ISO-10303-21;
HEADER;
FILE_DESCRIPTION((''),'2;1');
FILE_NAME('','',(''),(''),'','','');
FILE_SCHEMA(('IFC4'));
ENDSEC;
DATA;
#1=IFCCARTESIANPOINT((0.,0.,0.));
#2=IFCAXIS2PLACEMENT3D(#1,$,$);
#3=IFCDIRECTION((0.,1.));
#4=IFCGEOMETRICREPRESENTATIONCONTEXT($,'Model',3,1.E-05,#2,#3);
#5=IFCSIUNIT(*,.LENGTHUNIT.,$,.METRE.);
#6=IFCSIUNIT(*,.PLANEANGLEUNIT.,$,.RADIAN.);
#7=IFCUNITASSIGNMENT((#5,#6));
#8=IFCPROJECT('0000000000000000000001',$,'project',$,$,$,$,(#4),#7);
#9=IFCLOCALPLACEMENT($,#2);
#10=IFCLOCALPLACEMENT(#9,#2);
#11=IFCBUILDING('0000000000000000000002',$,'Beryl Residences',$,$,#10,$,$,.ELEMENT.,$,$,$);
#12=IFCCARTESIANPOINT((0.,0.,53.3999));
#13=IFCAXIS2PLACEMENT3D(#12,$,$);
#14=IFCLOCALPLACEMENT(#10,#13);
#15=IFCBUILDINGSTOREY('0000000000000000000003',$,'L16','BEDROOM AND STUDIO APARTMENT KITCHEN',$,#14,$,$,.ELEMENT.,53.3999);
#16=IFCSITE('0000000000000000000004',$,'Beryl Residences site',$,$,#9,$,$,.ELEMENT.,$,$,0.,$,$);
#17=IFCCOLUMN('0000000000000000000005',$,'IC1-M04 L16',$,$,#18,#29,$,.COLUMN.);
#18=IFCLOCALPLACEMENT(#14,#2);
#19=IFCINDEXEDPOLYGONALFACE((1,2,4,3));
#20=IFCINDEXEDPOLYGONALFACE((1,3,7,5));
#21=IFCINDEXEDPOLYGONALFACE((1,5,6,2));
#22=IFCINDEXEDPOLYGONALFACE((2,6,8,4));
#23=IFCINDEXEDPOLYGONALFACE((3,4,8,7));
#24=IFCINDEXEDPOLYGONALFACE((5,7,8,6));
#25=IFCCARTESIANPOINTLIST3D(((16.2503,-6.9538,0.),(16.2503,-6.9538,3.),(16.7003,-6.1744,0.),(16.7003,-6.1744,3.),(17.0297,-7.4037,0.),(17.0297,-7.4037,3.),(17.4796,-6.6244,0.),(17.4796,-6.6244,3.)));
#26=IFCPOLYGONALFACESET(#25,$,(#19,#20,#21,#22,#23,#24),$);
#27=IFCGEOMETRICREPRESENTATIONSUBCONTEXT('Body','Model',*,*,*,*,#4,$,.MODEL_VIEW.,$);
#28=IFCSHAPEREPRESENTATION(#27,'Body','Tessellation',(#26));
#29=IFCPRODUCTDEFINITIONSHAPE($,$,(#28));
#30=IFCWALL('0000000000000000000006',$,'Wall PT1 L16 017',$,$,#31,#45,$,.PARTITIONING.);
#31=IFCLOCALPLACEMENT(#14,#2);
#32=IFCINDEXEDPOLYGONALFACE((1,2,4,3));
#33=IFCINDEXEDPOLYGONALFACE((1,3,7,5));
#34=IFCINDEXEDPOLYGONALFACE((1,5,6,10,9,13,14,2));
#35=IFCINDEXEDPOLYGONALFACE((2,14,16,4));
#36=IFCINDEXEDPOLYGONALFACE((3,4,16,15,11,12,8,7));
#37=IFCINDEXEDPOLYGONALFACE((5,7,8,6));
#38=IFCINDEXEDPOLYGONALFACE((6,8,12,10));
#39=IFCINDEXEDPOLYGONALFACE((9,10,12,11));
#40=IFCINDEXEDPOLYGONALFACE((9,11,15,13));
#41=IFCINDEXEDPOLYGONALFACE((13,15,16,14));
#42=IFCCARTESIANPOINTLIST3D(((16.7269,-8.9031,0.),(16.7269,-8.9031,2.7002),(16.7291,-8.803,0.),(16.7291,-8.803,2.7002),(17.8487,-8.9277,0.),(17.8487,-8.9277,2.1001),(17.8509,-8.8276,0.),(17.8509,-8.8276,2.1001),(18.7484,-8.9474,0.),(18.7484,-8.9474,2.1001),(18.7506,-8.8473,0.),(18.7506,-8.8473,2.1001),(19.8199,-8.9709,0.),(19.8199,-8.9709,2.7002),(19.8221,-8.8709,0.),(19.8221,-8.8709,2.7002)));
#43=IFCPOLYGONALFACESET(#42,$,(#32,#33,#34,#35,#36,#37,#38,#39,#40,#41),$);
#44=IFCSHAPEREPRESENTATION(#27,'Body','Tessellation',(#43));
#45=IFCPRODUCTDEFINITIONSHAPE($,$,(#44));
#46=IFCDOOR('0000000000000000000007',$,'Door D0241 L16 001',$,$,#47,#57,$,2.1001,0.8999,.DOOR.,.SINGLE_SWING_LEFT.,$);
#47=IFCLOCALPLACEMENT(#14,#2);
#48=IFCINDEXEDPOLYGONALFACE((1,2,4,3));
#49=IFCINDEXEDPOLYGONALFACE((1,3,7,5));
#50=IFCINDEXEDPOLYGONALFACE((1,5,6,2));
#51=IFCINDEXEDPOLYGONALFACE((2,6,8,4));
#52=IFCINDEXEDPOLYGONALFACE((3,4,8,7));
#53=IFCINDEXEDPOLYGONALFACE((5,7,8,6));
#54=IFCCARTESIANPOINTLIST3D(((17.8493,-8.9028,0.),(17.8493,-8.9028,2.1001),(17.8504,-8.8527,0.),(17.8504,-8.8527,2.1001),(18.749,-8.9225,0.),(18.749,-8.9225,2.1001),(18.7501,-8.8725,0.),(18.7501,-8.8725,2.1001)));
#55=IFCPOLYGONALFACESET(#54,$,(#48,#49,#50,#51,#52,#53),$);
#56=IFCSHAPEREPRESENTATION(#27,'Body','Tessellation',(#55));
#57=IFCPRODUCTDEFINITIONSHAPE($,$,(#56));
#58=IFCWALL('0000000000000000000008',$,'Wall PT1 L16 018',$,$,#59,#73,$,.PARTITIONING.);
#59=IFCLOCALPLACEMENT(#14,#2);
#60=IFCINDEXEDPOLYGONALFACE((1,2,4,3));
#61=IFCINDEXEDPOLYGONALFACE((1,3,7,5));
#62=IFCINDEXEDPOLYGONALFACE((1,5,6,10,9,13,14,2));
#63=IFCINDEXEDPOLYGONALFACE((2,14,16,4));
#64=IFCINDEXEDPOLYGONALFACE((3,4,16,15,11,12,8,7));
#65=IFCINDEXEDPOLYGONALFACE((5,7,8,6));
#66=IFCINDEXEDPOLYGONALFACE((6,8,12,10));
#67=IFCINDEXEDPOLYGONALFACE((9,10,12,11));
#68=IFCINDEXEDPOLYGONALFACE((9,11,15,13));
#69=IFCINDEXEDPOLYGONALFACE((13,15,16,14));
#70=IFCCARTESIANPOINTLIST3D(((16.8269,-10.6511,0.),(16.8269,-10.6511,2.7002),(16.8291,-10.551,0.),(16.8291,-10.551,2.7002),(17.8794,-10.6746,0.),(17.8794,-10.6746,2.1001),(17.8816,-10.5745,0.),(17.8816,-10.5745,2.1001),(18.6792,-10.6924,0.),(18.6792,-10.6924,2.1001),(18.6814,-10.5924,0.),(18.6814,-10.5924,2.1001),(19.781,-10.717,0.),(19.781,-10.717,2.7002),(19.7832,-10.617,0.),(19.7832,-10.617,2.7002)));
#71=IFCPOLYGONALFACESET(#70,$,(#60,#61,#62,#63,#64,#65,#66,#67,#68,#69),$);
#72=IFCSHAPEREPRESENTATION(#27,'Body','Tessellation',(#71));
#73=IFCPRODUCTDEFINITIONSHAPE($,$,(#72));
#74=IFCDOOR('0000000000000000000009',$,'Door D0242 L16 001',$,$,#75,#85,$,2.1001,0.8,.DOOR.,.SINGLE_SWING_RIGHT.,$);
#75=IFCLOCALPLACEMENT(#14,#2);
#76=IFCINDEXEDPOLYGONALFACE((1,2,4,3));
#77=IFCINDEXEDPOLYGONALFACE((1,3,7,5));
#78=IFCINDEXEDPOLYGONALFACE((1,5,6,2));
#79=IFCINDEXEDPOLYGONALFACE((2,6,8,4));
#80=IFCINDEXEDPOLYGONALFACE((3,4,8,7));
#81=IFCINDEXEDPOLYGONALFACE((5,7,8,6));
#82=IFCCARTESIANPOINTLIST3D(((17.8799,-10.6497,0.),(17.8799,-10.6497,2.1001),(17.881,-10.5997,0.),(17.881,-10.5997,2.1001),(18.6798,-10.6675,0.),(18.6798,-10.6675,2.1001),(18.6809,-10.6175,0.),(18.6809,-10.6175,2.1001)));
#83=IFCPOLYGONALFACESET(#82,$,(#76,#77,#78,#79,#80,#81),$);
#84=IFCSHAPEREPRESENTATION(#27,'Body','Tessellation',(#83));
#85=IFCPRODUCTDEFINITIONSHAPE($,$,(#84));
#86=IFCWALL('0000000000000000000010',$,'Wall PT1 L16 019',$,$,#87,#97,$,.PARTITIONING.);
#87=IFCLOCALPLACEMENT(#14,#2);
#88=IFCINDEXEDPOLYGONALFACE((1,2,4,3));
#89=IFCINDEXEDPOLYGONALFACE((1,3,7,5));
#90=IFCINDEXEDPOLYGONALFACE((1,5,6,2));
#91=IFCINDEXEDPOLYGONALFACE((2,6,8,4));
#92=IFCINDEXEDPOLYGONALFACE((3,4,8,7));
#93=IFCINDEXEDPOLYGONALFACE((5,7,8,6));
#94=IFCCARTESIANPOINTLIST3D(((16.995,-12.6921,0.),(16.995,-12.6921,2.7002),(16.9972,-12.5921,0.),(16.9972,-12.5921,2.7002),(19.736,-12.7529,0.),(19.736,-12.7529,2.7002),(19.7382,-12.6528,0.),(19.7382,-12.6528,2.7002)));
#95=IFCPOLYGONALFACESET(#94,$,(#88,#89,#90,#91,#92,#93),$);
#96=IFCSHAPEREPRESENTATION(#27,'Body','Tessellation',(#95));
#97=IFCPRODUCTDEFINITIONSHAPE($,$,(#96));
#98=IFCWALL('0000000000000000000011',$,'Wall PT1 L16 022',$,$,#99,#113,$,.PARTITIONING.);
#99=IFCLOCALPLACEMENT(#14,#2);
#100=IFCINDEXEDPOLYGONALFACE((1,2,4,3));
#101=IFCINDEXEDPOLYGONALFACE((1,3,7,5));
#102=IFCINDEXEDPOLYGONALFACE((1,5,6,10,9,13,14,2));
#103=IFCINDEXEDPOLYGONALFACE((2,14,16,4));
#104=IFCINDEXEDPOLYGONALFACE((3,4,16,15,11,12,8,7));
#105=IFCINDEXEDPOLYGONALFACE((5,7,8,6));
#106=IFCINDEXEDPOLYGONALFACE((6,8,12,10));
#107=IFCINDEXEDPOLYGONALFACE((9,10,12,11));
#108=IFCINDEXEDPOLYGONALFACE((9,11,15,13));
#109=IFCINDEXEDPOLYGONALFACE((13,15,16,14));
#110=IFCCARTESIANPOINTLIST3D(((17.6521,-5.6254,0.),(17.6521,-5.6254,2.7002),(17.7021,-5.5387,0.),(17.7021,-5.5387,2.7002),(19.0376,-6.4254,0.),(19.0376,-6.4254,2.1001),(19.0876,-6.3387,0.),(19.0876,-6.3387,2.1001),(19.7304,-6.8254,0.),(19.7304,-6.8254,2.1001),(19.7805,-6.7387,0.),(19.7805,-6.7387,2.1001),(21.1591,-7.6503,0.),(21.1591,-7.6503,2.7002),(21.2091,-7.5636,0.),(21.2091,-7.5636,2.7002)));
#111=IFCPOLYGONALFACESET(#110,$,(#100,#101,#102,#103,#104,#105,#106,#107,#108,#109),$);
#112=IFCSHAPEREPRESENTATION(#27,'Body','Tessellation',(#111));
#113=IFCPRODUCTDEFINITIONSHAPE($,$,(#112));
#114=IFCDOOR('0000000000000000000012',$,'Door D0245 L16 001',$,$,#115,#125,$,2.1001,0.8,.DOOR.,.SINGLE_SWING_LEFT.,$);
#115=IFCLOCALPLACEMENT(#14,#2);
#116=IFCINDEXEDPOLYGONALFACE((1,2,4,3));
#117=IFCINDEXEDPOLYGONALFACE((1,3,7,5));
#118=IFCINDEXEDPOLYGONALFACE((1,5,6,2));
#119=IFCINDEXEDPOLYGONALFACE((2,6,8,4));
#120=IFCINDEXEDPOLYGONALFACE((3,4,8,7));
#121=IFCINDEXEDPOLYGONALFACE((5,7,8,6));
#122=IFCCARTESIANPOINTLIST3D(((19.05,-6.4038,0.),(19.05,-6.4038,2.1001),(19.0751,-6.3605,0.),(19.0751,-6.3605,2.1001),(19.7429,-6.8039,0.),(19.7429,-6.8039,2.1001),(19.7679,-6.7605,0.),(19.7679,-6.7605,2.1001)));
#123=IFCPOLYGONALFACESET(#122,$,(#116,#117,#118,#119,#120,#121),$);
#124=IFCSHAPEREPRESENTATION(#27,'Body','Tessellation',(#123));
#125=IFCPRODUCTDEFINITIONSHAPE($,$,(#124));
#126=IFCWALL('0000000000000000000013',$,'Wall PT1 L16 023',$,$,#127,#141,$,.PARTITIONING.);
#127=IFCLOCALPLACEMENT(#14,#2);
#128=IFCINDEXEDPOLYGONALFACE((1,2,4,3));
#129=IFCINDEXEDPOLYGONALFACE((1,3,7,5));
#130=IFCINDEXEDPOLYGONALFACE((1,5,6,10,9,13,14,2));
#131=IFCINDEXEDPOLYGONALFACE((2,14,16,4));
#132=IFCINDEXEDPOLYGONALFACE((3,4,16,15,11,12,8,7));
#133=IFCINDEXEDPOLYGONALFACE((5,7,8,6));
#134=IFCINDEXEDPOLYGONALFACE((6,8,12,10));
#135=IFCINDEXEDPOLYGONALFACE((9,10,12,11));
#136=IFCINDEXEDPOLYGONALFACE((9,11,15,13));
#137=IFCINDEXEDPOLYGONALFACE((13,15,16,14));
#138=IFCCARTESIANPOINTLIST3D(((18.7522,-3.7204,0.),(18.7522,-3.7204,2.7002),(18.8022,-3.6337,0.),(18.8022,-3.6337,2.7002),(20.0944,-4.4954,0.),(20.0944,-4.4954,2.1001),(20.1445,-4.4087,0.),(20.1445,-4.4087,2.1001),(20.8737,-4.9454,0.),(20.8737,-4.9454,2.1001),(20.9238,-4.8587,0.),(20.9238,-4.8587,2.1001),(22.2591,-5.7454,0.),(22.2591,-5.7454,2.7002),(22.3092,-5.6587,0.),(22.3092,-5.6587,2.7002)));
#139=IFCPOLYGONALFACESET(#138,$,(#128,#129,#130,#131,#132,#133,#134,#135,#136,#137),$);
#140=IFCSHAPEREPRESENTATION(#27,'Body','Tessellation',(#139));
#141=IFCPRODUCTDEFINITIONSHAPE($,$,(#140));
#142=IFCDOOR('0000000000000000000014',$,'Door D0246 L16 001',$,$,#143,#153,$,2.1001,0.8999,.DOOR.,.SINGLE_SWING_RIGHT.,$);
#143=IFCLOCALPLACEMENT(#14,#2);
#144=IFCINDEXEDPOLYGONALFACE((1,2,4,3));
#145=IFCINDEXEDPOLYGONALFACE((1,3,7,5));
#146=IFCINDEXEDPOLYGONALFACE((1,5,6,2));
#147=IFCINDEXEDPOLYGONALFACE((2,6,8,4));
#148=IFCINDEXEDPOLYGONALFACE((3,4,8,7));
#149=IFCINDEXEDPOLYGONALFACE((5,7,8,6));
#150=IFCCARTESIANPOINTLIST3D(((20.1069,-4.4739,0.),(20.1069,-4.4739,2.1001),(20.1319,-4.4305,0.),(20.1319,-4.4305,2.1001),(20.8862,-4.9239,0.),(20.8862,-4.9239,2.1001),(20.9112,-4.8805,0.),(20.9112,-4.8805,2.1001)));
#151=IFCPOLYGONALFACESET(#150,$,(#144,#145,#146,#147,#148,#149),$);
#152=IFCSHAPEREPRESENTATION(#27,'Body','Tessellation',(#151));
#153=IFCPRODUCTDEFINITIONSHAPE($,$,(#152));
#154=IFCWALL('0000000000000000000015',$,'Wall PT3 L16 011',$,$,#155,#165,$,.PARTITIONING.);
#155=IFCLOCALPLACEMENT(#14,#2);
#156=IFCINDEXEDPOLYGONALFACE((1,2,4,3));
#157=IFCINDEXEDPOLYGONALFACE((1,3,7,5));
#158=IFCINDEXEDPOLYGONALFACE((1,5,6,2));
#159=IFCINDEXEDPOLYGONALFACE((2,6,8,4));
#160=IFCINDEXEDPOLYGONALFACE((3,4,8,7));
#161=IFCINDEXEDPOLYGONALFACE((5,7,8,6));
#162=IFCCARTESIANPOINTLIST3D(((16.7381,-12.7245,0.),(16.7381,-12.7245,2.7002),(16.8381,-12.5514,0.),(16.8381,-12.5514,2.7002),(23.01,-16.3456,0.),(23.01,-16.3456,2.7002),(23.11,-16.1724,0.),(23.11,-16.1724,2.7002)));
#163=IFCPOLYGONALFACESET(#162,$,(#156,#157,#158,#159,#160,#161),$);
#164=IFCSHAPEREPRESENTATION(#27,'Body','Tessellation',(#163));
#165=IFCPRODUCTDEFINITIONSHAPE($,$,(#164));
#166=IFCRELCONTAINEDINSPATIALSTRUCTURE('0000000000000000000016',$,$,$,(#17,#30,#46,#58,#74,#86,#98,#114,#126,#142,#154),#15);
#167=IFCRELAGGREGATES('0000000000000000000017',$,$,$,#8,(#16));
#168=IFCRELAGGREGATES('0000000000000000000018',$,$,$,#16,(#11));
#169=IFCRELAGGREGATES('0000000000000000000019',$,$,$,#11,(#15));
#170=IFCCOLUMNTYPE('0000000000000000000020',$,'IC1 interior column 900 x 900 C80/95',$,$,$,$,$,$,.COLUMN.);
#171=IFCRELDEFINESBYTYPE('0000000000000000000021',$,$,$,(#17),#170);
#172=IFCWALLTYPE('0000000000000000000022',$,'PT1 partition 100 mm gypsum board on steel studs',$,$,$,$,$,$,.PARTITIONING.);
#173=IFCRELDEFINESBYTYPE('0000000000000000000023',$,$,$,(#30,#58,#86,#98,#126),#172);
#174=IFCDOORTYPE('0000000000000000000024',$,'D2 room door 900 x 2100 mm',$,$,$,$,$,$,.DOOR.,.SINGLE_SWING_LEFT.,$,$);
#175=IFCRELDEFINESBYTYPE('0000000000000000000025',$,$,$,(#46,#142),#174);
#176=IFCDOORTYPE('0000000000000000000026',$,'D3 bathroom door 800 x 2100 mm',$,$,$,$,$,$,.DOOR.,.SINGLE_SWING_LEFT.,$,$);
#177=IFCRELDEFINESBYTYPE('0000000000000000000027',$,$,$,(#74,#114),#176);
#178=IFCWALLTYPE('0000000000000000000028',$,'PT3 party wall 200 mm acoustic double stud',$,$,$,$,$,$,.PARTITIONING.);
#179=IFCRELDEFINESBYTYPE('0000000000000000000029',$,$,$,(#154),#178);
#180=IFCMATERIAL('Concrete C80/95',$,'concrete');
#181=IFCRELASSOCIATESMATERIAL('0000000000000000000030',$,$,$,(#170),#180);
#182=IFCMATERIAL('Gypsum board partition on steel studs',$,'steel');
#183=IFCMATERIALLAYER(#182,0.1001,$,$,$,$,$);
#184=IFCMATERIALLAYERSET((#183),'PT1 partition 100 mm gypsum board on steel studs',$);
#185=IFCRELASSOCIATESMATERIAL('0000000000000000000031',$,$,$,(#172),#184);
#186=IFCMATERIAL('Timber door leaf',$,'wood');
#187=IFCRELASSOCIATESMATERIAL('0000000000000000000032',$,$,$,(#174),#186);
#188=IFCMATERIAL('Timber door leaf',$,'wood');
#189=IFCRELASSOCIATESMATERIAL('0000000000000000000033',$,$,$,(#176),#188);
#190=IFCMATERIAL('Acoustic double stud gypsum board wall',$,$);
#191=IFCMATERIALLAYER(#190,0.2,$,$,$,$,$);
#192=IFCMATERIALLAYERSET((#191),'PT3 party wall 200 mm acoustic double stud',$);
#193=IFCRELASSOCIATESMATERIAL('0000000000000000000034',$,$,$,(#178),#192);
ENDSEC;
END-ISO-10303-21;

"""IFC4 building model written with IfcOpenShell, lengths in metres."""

from ifc_helpers import new_model, si_unit, direction, frame, frame_2d, origin, origin_2d, place, context, subcontext, project, spatial, rectangle, extrude, material, layer, layer_set, material_profile, profile_set, type_object, element, fill, save


model = new_model("IFC4")

# Units and contexts
model_context = context("Model", 3, precision=1e-05, world=origin(), true_north=direction((0.0, 1.0)))
body_context = subcontext(model_context, "Body", "Model", "MODEL_VIEW")
ifc_project = project(units=[si_unit("LENGTHUNIT", "METRE"), si_unit("PLANEANGLEUNIT", "RADIAN")], contexts=[model_context])

# Site, building, storey
site_placement = place(None, origin())
site = spatial("IfcSite", under=ifc_project, at=site_placement, Name="Beryl Residences site", CompositionType="ELEMENT", RefElevation=0.0)
building_placement = place(site_placement, origin())
building = spatial("IfcBuilding", under=site, at=building_placement, Name="Beryl Residences", CompositionType="ELEMENT")
storey_placement = place(building_placement, frame((0.0, 0.0, 53.3999)))
storey = spatial("IfcBuildingStorey", under=building, at=storey_placement, Name="L16", Description="BEDROOM AND STUDIO APARTMENT KITCHEN", CompositionType="ELEMENT", Elevation=53.3999)

# Column
ifc_material_1 = material(Name="Concrete C80/95", Category="concrete")
ifc_material_profile = material_profile(ifc_material_1, rectangle(XDim=0.8999, YDim=0.8999, at=origin_2d()))
ifc_profile_set = profile_set([ifc_material_profile], Name="Concrete C80/95")
column_type = type_object("IfcColumnType", Name="IC1 interior column 900 x 900 C80/95", PredefinedType="COLUMN", material=ifc_profile_set)
column_placement = place(storey_placement, frame((16.865, -6.7891, 0.0), z_axis=(0.0, 0.0, 1.0), x_axis=(0.499985, 0.866034, 0.0)))
element("IfcColumn", 1, at=column_placement, inside=storey, type_object=column_type, Name="IC1-M04 L16", PredefinedType="COLUMN", context=body_context, shape_type="SweptSolid", body=[
    extrude(rectangle(XDim=0.8999, YDim=0.8999, at=origin_2d()), origin(), (0.0, 0.0, 1.0), 3.0),
])

# Walls, openings, doors
ifc_material_2 = material(Name="Gypsum board partition on steel studs", Category="steel")
ifc_layer_1 = layer(ifc_material_2, 0.1001)
ifc_layer_set_1 = layer_set([ifc_layer_1], Name="PT1 partition 100 mm gypsum board on steel studs")
wall_type_1 = type_object("IfcWallType", Name="PT1 partition 100 mm gypsum board on steel studs", PredefinedType="PARTITIONING", material=ifc_layer_set_1)
wall_1_placement = place(storey_placement, frame((16.728, -8.853, 0.0), z_axis=(0.0, 0.0, 1.0), x_axis=(0.999759, -0.021938, 0.0)))
wall_1 = element("IfcWall", 2, at=wall_1_placement, inside=storey, type_object=wall_type_1, Name="Wall PT1 L16 017", PredefinedType="PARTITIONING", context=body_context, shape_type="SweptSolid", body=[
    extrude(rectangle(XDim=3.0938, YDim=0.1001, at=frame_2d((1.5469, 0.0))), origin(), (0.0, 0.0, 1.0), 2.7002),
])
opening_1_placement = place(wall_1_placement, frame((1.1221, 0.0, 0.0)))
opening_1 = element("IfcOpeningElement", 3, at=opening_1_placement, cuts=wall_1, PredefinedType="OPENING", context=body_context, shape_type="SweptSolid", body=[
    extrude(rectangle(XDim=0.8999, YDim=2.1001, at=frame_2d((0.45, 1.05))), frame((0.0, 0.0601, 0.0), z_axis=(0.0, -1.0, 0.0), x_axis=(1.0, 0.0, 0.0)), (0.0, 0.0, 1.0), 0.1201),
])
ifc_material_3 = material(Name="Timber door leaf", Category="wood")
door_type_1 = type_object("IfcDoorType", Name="D2 room door 900 x 2100 mm", OperationType="SINGLE_SWING_LEFT", PredefinedType="DOOR", material=ifc_material_3)
door_1_placement = place(opening_1_placement, origin())
door_1 = element("IfcDoor", 4, at=door_1_placement, inside=storey, type_object=door_type_1, Name="Door D0241 L16 001", OperationType="SINGLE_SWING_LEFT", OverallHeight=2.1001, OverallWidth=0.8999, PredefinedType="DOOR", context=body_context, shape_type="SweptSolid", body=[
    extrude(rectangle(XDim=0.8999, YDim=2.1001, at=frame_2d((0.45, 1.05))), frame((0.0, 0.0249, 0.0), z_axis=(0.0, -1.0, 0.0), x_axis=(1.0, 0.0, 0.0)), (0.0, 0.0, 1.0), 0.05),
])
fill(opening_1, door_1)
wall_2_placement = place(storey_placement, frame((16.8279, -10.6011, 0.0), z_axis=(0.0, 0.0, 1.0), x_axis=(0.999751, -0.022308, 0.0)))
wall_2 = element("IfcWall", 5, at=wall_2_placement, inside=storey, type_object=wall_type_1, Name="Wall PT1 L16 018", PredefinedType="PARTITIONING", context=body_context, shape_type="SweptSolid", body=[
    extrude(rectangle(XDim=2.9548, YDim=0.1001, at=frame_2d((1.4775, 0.0))), origin(), (0.0, 0.0, 1.0), 2.7002),
])
opening_2_placement = place(wall_2_placement, frame((1.053, 0.0, 0.0)))
opening_2 = element("IfcOpeningElement", 6, at=opening_2_placement, cuts=wall_2, PredefinedType="OPENING", context=body_context, shape_type="SweptSolid", body=[
    extrude(rectangle(XDim=0.8, YDim=2.1001, at=frame_2d((0.3999, 1.05))), frame((0.0, 0.0601, 0.0), z_axis=(0.0, -1.0, 0.0), x_axis=(1.0, 0.0, 0.0)), (0.0, 0.0, 1.0), 0.1201),
])
ifc_material_4 = material(Name="Timber door leaf", Category="wood")
door_type_2 = type_object("IfcDoorType", Name="D3 bathroom door 800 x 2100 mm", OperationType="SINGLE_SWING_LEFT", PredefinedType="DOOR", material=ifc_material_4)
door_2_placement = place(opening_2_placement, origin())
door_2 = element("IfcDoor", 7, at=door_2_placement, inside=storey, type_object=door_type_2, Name="Door D0242 L16 001", OperationType="SINGLE_SWING_RIGHT", OverallHeight=2.1001, OverallWidth=0.8, PredefinedType="DOOR", context=body_context, shape_type="SweptSolid", body=[
    extrude(rectangle(XDim=0.8, YDim=2.1001, at=frame_2d((0.3999, 1.05))), frame((0.0, 0.0249, 0.0), z_axis=(0.0, -1.0, 0.0), x_axis=(1.0, 0.0, 0.0)), (0.0, 0.0, 1.0), 0.05),
])
fill(opening_2, door_2)

# Wall
wall_3_placement = place(storey_placement, frame((16.9961, -12.6421, 0.0), z_axis=(0.0, 0.0, 1.0), x_axis=(0.999754, -0.022173, 0.0)))
element("IfcWall", 8, at=wall_3_placement, inside=storey, type_object=wall_type_1, Name="Wall PT1 L16 019", PredefinedType="PARTITIONING", context=body_context, shape_type="SweptSolid", body=[
    extrude(rectangle(XDim=2.7417, YDim=0.1001, at=frame_2d((1.3708, 0.0))), origin(), (0.0, 0.0, 1.0), 2.7002),
])

# Walls, openings, doors
wall_4_placement = place(storey_placement, frame((17.677, -5.582, 0.0), z_axis=(0.0, 0.0, 1.0), x_axis=(0.866016, -0.500016, 0.0)))
wall_4 = element("IfcWall", 9, at=wall_4_placement, inside=storey, type_object=wall_type_1, Name="Wall PT1 L16 022", PredefinedType="PARTITIONING", context=body_context, shape_type="SweptSolid", body=[
    extrude(rectangle(XDim=4.0496, YDim=0.1001, at=frame_2d((2.0249, 0.0))), origin(), (0.0, 0.0, 1.0), 2.7002),
])
opening_3_placement = place(wall_4_placement, frame((1.6001, 0.0, 0.0)))
opening_3 = element("IfcOpeningElement", 10, at=opening_3_placement, cuts=wall_4, PredefinedType="OPENING", context=body_context, shape_type="SweptSolid", body=[
    extrude(rectangle(XDim=0.8, YDim=2.1001, at=frame_2d((0.3999, 1.05))), frame((0.0, 0.0601, 0.0), z_axis=(0.0, -1.0, 0.0), x_axis=(1.0, 0.0, 0.0)), (0.0, 0.0, 1.0), 0.1201),
])
door_3_placement = place(opening_3_placement, origin())
door_3 = element("IfcDoor", 11, at=door_3_placement, inside=storey, type_object=door_type_2, Name="Door D0245 L16 001", OperationType="SINGLE_SWING_LEFT", OverallHeight=2.1001, OverallWidth=0.8, PredefinedType="DOOR", context=body_context, shape_type="SweptSolid", body=[
    extrude(rectangle(XDim=0.8, YDim=2.1001, at=frame_2d((0.3999, 1.05))), frame((0.0, 0.0249, 0.0), z_axis=(0.0, -1.0, 0.0), x_axis=(1.0, 0.0, 0.0)), (0.0, 0.0, 1.0), 0.05),
])
fill(opening_3, door_3)
wall_5_placement = place(storey_placement, frame((18.7771, -3.677, 0.0), z_axis=(0.0, 0.0, 1.0), x_axis=(0.866001, -0.500043, 0.0)))
wall_5 = element("IfcWall", 12, at=wall_5_placement, inside=storey, type_object=wall_type_1, Name="Wall PT1 L16 023", PredefinedType="PARTITIONING", context=body_context, shape_type="SweptSolid", body=[
    extrude(rectangle(XDim=4.0496, YDim=0.1001, at=frame_2d((2.0249, 0.0))), origin(), (0.0, 0.0, 1.0), 2.7002),
])
opening_4_placement = place(wall_5_placement, frame((1.55, 0.0, 0.0)))
opening_4 = element("IfcOpeningElement", 13, at=opening_4_placement, cuts=wall_5, PredefinedType="OPENING", context=body_context, shape_type="SweptSolid", body=[
    extrude(rectangle(XDim=0.8999, YDim=2.1001, at=frame_2d((0.45, 1.05))), frame((0.0, 0.0601, 0.0), z_axis=(0.0, -1.0, 0.0), x_axis=(1.0, 0.0, 0.0)), (0.0, 0.0, 1.0), 0.1201),
])
door_4_placement = place(opening_4_placement, origin())
door_4 = element("IfcDoor", 14, at=door_4_placement, inside=storey, type_object=door_type_1, Name="Door D0246 L16 001", OperationType="SINGLE_SWING_RIGHT", OverallHeight=2.1001, OverallWidth=0.8999, PredefinedType="DOOR", context=body_context, shape_type="SweptSolid", body=[
    extrude(rectangle(XDim=0.8999, YDim=2.1001, at=frame_2d((0.45, 1.05))), frame((0.0, 0.0249, 0.0), z_axis=(0.0, -1.0, 0.0), x_axis=(1.0, 0.0, 0.0)), (0.0, 0.0, 1.0), 0.05),
])
fill(opening_4, door_4)

# Wall
ifc_material_5 = material(Name="Acoustic double stud gypsum board wall")
ifc_layer_2 = layer(ifc_material_5, 0.2)
ifc_layer_set_2 = layer_set([ifc_layer_2], Name="PT3 party wall 200 mm acoustic double stud")
wall_type_2 = type_object("IfcWallType", Name="PT3 party wall 200 mm acoustic double stud", PredefinedType="PARTITIONING", material=ifc_layer_set_2)
wall_6_placement = place(storey_placement, frame((16.7881, -12.6379, 0.0), z_axis=(0.0, 0.0, 1.0), x_axis=(0.866027, -0.499997, 0.0)))
element("IfcWall", 15, at=wall_6_placement, inside=storey, type_object=wall_type_2, Name="Wall PT3 L16 011", PredefinedType="PARTITIONING", context=body_context, shape_type="SweptSolid", body=[
    extrude(rectangle(XDim=7.2422, YDim=0.2, at=frame_2d((3.6211, 0.0))), origin(), (0.0, 0.0, 1.0), 2.7002),
])

save(model, "model.ifc")
